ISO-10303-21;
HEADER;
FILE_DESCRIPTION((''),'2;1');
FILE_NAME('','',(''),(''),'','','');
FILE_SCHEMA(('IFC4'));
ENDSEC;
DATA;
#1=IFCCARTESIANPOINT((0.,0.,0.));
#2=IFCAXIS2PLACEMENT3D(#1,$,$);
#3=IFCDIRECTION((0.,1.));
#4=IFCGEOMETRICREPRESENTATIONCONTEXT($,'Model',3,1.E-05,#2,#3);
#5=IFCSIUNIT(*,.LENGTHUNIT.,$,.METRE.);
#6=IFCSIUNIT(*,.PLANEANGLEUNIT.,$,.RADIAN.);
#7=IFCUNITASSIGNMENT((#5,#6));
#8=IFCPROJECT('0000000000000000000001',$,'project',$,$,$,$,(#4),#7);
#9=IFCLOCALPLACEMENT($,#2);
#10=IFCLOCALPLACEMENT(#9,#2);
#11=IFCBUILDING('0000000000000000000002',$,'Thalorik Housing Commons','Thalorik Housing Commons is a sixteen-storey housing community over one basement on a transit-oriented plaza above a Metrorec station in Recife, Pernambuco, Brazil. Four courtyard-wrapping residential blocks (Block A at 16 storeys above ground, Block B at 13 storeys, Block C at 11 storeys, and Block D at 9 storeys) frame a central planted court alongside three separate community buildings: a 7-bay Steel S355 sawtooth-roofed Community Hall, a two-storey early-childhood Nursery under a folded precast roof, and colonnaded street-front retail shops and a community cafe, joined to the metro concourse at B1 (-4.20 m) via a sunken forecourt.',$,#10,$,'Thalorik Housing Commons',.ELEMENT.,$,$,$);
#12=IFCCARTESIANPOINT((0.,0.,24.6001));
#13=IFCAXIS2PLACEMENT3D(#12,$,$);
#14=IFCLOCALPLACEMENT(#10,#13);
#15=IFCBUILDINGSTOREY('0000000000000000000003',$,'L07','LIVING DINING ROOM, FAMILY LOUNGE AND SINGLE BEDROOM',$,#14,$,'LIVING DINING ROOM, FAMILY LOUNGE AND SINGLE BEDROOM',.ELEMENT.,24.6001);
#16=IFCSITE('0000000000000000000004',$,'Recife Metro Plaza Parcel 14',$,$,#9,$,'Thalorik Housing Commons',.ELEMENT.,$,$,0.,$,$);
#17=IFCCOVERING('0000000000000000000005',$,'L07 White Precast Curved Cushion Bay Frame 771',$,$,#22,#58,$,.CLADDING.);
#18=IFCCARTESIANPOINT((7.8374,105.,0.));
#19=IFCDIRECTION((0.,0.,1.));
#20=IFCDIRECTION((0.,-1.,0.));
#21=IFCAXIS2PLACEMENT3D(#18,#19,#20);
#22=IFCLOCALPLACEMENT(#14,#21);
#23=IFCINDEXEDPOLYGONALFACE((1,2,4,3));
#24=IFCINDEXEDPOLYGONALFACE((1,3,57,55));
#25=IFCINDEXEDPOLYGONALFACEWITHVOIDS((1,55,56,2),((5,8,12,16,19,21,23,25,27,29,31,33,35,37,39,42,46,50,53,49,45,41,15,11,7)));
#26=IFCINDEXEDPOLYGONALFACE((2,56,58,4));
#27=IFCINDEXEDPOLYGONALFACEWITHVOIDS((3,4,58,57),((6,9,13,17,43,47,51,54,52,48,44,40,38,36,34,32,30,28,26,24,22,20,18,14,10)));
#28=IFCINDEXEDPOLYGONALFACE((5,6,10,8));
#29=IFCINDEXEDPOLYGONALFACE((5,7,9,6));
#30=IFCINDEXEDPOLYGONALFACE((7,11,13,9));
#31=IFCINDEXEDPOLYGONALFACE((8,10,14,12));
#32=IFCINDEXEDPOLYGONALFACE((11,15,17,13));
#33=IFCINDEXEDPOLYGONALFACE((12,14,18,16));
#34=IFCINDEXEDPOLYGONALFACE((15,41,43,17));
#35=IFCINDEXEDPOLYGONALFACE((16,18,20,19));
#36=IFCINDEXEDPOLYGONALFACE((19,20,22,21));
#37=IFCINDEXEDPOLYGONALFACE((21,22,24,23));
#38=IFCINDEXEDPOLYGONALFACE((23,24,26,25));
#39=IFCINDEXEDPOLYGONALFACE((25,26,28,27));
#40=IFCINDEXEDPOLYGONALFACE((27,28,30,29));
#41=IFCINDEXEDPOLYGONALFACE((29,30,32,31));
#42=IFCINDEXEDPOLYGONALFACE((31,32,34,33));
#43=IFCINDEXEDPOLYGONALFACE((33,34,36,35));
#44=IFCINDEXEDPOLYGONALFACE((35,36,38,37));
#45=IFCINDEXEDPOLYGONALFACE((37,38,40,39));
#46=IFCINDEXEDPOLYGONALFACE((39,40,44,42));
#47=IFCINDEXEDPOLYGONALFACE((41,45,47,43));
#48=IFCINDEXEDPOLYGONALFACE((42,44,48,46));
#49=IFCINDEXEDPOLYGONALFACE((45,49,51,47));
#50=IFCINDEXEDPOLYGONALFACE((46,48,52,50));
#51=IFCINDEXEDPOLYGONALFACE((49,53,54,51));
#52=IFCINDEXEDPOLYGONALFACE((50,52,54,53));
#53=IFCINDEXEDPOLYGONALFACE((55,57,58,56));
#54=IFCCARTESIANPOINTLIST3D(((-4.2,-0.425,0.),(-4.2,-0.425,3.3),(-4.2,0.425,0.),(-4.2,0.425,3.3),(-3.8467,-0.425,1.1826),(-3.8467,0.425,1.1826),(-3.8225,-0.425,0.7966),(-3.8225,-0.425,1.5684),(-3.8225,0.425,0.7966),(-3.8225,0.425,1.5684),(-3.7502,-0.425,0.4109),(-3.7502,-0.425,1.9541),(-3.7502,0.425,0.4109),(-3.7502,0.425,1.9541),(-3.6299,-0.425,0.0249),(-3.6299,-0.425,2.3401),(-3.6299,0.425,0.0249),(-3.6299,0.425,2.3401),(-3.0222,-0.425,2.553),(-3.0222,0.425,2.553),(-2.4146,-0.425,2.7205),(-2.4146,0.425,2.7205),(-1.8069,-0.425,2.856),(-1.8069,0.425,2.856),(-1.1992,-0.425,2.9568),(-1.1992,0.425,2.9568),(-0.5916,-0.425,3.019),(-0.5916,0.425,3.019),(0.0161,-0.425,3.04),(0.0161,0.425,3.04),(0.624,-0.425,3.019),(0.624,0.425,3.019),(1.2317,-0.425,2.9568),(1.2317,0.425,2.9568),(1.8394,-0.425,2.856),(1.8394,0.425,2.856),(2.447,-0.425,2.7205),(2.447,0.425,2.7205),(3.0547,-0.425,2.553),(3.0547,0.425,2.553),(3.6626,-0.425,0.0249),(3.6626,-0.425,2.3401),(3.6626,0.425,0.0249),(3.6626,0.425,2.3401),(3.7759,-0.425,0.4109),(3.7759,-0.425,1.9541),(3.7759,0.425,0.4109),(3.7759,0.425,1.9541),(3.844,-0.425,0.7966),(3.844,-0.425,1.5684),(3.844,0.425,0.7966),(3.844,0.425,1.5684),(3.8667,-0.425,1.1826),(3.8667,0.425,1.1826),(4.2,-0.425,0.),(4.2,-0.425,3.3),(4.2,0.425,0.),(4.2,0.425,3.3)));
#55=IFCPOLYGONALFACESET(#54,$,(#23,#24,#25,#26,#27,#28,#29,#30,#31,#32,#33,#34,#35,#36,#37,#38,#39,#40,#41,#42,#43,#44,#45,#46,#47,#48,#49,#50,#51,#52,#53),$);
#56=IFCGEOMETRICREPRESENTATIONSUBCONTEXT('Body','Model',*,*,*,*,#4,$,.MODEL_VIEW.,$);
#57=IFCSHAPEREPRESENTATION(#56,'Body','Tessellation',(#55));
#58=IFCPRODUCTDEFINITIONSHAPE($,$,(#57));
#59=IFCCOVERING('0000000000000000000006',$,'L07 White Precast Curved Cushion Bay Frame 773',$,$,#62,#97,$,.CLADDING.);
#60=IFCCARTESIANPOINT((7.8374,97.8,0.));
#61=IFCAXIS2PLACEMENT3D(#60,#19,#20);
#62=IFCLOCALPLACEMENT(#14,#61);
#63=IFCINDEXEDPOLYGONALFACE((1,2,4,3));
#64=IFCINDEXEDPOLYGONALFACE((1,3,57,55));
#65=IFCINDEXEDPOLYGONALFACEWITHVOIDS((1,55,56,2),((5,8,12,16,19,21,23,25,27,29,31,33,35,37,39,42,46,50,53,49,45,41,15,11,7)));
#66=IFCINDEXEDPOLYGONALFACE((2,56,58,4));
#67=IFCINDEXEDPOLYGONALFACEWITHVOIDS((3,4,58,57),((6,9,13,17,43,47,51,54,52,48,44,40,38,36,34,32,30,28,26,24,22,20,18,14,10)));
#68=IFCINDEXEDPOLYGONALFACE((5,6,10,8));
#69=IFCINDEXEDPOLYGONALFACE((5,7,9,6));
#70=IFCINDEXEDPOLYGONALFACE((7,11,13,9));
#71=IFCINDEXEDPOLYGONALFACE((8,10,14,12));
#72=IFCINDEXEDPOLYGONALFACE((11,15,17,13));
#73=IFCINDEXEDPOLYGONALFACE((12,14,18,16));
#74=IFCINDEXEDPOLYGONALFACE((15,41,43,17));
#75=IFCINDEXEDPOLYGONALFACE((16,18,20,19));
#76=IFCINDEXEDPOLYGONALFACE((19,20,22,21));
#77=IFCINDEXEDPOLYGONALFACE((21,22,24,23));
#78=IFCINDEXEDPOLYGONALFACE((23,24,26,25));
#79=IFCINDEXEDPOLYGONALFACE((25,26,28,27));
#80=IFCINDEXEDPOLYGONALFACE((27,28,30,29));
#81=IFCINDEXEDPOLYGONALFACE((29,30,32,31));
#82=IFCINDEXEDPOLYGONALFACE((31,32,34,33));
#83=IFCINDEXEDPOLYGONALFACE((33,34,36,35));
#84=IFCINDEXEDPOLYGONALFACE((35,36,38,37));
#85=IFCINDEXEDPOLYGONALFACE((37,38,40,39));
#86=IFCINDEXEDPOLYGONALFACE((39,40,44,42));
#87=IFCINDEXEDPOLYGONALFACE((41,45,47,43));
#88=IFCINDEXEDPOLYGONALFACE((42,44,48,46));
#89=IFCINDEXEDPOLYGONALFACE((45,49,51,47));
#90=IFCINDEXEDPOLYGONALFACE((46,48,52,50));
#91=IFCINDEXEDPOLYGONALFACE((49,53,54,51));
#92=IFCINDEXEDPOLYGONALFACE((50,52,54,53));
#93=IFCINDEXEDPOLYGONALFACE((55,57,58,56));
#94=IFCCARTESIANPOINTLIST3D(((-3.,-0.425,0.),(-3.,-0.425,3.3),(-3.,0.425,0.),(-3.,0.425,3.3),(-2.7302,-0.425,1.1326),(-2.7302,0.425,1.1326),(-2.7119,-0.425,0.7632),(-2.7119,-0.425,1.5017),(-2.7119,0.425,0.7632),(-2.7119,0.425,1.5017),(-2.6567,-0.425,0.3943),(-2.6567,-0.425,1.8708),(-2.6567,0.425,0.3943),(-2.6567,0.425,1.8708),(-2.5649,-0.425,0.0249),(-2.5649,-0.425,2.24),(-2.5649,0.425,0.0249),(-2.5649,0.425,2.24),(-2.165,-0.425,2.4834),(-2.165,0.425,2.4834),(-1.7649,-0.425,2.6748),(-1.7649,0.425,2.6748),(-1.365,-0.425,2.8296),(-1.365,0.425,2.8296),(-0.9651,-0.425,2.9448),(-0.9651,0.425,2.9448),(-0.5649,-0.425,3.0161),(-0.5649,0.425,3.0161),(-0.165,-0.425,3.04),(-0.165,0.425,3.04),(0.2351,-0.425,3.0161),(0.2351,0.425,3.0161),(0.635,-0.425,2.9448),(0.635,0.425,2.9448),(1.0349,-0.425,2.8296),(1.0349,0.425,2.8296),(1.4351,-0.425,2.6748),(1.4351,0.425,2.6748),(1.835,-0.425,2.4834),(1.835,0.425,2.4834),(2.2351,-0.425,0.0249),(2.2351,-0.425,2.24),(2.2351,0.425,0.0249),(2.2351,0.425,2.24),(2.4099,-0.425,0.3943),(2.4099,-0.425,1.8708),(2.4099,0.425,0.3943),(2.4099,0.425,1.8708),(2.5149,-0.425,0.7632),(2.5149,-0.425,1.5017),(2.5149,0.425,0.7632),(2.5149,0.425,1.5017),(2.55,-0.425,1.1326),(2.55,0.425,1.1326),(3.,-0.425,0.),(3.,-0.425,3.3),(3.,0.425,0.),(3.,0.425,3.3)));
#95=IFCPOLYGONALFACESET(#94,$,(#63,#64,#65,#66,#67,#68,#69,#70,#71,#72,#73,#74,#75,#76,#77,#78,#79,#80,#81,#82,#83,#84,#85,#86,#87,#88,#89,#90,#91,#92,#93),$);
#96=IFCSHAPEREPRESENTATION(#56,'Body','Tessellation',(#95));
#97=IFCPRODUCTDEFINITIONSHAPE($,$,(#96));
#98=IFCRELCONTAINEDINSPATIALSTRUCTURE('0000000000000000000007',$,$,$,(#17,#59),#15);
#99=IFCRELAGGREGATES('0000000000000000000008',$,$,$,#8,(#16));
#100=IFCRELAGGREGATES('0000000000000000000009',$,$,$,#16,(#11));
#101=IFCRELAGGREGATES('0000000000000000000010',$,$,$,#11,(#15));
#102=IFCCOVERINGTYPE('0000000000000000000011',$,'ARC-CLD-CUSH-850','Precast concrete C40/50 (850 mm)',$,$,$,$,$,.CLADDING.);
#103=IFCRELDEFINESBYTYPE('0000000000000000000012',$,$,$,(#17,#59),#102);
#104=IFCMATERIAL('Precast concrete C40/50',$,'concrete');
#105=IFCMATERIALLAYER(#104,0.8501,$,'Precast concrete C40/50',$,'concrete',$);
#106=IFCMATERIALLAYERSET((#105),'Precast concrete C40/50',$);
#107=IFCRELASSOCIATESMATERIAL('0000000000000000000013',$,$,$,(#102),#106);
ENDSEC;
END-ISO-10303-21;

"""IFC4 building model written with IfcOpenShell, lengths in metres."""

from ifc_helpers import new_model, si_unit, direction, frame, origin, place, context, subcontext, project, spatial, polyline, outline, extrude, material, layer, layer_set, type_object, element, save


model = new_model("IFC4")

# Units and contexts
model_context = context("Model", 3, precision=1e-05, world=origin(), true_north=direction((0.0, 1.0)))
body_context = subcontext(model_context, "Body", "Model", "MODEL_VIEW")
ifc_project = project(units=[si_unit("LENGTHUNIT", "METRE"), si_unit("PLANEANGLEUNIT", "RADIAN")], contexts=[model_context])

# Site, building, storey
site_placement = place(None, origin())
site = spatial("IfcSite", under=ifc_project, at=site_placement, Name="Recife Metro Plaza Parcel 14", LongName="Thalorik Housing Commons", CompositionType="ELEMENT", RefElevation=0.0)
building_placement = place(site_placement, origin())
building = spatial("IfcBuilding", under=site, at=building_placement, Name="Thalorik Housing Commons", Description="Thalorik Housing Commons is a sixteen-storey housing community over one basement on a transit-oriented plaza above a Metrorec station in Recife, Pernambuco, Brazil. Four courtyard-wrapping residential blocks (Block A at 16 storeys above ground, Block B at 13 storeys, Block C at 11 storeys, and Block D at 9 storeys) frame a central planted court alongside three separate community buildings: a 7-bay Steel S355 sawtooth-roofed Community Hall, a two-storey early-childhood Nursery under a folded precast roof, and colonnaded street-front retail shops and a community cafe, joined to the metro concourse at B1 (-4.20 m) via a sunken forecourt.", LongName="Thalorik Housing Commons", CompositionType="ELEMENT")
storey_placement = place(building_placement, frame((0.0, 0.0, 24.6001)))
storey = spatial("IfcBuildingStorey", under=building, at=storey_placement, Name="L07", Description="LIVING DINING ROOM, FAMILY LOUNGE AND SINGLE BEDROOM", LongName="LIVING DINING ROOM, FAMILY LOUNGE AND SINGLE BEDROOM", CompositionType="ELEMENT", Elevation=24.6001)

# Shared definitions
ifc_material_1 = material(Name="Precast concrete C40/50", Category="concrete")

# Coverings
ifc_layer_1 = layer(ifc_material_1, 0.8501, Name="Precast concrete C40/50", Category="concrete")
ifc_layer_set_1 = layer_set([ifc_layer_1], Name="Precast concrete C40/50")
covering_type_1 = type_object("IfcCoveringType", Name="ARC-CLD-CUSH-850", Description="Precast concrete C40/50 (850 mm)", PredefinedType="CLADDING", material=ifc_layer_set_1)
covering_1_placement = place(storey_placement, frame((7.8374, 105.0, 0.0), z_axis=(0.0, 0.0, 1.0), x_axis=(0.0, -1.0, 0.0)))
element("IfcCovering", 1, at=covering_1_placement, inside=storey, type_object=covering_type_1, Name="L07 White Precast Curved Cushion Bay Frame 771", PredefinedType="CLADDING", context=body_context, shape_type="SweptSolid", body=[
    extrude(outline(polyline([(-4.2, 0.0), (4.2, 0.0), (4.2, 3.3), (-4.2, 3.3), (-4.2, 0.0)]), holes=[polyline([(3.6626, 0.0249), (3.7759, 0.4109), (3.844, 0.7966), (3.8667, 1.1826), (3.844, 1.5684), (3.7759, 1.9541), (3.6626, 2.3401), (3.0547, 2.553), (2.447, 2.7205), (1.8394, 2.856), (1.2317, 2.9568), (0.624, 3.019), (0.0161, 3.04), (-0.5916, 3.019), (-1.1992, 2.9568), (-1.8069, 2.856), (-2.4146, 2.7205), (-3.0222, 2.553), (-3.6299, 2.3401), (-3.7502, 1.9541), (-3.8225, 1.5684), (-3.8467, 1.1826), (-3.8225, 0.7966), (-3.7502, 0.4109), (-3.6299, 0.0249), (3.6626, 0.0249)])]), frame((0.0, 0.425, 0.0), z_axis=(0.0, -1.0, 0.0), x_axis=(1.0, 0.0, 0.0)), (0.0, 0.0, 1.0), 0.8501),
])
covering_2_placement = place(storey_placement, frame((7.8374, 97.8, 0.0), z_axis=(0.0, 0.0, 1.0), x_axis=(0.0, -1.0, 0.0)))
element("IfcCovering", 2, at=covering_2_placement, inside=storey, type_object=covering_type_1, Name="L07 White Precast Curved Cushion Bay Frame 773", PredefinedType="CLADDING", context=body_context, shape_type="SweptSolid", body=[
    extrude(outline(polyline([(-3.0, 0.0), (3.0, 0.0), (3.0, 3.3), (-3.0, 3.3), (-3.0, 0.0)]), holes=[polyline([(2.2351, 0.0249), (2.4099, 0.3943), (2.5149, 0.7632), (2.55, 1.1326), (2.5149, 1.5017), (2.4099, 1.8708), (2.2351, 2.24), (1.835, 2.4834), (1.4351, 2.6748), (1.0349, 2.8296), (0.635, 2.9448), (0.2351, 3.0161), (-0.165, 3.04), (-0.5649, 3.0161), (-0.9651, 2.9448), (-1.365, 2.8296), (-1.7649, 2.6748), (-2.165, 2.4834), (-2.5649, 2.24), (-2.6567, 1.8708), (-2.7119, 1.5017), (-2.7302, 1.1326), (-2.7119, 0.7632), (-2.6567, 0.3943), (-2.5649, 0.0249), (2.2351, 0.0249)])]), frame((0.0, 0.425, 0.0), z_axis=(0.0, -1.0, 0.0), x_axis=(1.0, 0.0, 0.0)), (0.0, 0.0, 1.0), 0.8501),
])

save(model, "model.ifc")
